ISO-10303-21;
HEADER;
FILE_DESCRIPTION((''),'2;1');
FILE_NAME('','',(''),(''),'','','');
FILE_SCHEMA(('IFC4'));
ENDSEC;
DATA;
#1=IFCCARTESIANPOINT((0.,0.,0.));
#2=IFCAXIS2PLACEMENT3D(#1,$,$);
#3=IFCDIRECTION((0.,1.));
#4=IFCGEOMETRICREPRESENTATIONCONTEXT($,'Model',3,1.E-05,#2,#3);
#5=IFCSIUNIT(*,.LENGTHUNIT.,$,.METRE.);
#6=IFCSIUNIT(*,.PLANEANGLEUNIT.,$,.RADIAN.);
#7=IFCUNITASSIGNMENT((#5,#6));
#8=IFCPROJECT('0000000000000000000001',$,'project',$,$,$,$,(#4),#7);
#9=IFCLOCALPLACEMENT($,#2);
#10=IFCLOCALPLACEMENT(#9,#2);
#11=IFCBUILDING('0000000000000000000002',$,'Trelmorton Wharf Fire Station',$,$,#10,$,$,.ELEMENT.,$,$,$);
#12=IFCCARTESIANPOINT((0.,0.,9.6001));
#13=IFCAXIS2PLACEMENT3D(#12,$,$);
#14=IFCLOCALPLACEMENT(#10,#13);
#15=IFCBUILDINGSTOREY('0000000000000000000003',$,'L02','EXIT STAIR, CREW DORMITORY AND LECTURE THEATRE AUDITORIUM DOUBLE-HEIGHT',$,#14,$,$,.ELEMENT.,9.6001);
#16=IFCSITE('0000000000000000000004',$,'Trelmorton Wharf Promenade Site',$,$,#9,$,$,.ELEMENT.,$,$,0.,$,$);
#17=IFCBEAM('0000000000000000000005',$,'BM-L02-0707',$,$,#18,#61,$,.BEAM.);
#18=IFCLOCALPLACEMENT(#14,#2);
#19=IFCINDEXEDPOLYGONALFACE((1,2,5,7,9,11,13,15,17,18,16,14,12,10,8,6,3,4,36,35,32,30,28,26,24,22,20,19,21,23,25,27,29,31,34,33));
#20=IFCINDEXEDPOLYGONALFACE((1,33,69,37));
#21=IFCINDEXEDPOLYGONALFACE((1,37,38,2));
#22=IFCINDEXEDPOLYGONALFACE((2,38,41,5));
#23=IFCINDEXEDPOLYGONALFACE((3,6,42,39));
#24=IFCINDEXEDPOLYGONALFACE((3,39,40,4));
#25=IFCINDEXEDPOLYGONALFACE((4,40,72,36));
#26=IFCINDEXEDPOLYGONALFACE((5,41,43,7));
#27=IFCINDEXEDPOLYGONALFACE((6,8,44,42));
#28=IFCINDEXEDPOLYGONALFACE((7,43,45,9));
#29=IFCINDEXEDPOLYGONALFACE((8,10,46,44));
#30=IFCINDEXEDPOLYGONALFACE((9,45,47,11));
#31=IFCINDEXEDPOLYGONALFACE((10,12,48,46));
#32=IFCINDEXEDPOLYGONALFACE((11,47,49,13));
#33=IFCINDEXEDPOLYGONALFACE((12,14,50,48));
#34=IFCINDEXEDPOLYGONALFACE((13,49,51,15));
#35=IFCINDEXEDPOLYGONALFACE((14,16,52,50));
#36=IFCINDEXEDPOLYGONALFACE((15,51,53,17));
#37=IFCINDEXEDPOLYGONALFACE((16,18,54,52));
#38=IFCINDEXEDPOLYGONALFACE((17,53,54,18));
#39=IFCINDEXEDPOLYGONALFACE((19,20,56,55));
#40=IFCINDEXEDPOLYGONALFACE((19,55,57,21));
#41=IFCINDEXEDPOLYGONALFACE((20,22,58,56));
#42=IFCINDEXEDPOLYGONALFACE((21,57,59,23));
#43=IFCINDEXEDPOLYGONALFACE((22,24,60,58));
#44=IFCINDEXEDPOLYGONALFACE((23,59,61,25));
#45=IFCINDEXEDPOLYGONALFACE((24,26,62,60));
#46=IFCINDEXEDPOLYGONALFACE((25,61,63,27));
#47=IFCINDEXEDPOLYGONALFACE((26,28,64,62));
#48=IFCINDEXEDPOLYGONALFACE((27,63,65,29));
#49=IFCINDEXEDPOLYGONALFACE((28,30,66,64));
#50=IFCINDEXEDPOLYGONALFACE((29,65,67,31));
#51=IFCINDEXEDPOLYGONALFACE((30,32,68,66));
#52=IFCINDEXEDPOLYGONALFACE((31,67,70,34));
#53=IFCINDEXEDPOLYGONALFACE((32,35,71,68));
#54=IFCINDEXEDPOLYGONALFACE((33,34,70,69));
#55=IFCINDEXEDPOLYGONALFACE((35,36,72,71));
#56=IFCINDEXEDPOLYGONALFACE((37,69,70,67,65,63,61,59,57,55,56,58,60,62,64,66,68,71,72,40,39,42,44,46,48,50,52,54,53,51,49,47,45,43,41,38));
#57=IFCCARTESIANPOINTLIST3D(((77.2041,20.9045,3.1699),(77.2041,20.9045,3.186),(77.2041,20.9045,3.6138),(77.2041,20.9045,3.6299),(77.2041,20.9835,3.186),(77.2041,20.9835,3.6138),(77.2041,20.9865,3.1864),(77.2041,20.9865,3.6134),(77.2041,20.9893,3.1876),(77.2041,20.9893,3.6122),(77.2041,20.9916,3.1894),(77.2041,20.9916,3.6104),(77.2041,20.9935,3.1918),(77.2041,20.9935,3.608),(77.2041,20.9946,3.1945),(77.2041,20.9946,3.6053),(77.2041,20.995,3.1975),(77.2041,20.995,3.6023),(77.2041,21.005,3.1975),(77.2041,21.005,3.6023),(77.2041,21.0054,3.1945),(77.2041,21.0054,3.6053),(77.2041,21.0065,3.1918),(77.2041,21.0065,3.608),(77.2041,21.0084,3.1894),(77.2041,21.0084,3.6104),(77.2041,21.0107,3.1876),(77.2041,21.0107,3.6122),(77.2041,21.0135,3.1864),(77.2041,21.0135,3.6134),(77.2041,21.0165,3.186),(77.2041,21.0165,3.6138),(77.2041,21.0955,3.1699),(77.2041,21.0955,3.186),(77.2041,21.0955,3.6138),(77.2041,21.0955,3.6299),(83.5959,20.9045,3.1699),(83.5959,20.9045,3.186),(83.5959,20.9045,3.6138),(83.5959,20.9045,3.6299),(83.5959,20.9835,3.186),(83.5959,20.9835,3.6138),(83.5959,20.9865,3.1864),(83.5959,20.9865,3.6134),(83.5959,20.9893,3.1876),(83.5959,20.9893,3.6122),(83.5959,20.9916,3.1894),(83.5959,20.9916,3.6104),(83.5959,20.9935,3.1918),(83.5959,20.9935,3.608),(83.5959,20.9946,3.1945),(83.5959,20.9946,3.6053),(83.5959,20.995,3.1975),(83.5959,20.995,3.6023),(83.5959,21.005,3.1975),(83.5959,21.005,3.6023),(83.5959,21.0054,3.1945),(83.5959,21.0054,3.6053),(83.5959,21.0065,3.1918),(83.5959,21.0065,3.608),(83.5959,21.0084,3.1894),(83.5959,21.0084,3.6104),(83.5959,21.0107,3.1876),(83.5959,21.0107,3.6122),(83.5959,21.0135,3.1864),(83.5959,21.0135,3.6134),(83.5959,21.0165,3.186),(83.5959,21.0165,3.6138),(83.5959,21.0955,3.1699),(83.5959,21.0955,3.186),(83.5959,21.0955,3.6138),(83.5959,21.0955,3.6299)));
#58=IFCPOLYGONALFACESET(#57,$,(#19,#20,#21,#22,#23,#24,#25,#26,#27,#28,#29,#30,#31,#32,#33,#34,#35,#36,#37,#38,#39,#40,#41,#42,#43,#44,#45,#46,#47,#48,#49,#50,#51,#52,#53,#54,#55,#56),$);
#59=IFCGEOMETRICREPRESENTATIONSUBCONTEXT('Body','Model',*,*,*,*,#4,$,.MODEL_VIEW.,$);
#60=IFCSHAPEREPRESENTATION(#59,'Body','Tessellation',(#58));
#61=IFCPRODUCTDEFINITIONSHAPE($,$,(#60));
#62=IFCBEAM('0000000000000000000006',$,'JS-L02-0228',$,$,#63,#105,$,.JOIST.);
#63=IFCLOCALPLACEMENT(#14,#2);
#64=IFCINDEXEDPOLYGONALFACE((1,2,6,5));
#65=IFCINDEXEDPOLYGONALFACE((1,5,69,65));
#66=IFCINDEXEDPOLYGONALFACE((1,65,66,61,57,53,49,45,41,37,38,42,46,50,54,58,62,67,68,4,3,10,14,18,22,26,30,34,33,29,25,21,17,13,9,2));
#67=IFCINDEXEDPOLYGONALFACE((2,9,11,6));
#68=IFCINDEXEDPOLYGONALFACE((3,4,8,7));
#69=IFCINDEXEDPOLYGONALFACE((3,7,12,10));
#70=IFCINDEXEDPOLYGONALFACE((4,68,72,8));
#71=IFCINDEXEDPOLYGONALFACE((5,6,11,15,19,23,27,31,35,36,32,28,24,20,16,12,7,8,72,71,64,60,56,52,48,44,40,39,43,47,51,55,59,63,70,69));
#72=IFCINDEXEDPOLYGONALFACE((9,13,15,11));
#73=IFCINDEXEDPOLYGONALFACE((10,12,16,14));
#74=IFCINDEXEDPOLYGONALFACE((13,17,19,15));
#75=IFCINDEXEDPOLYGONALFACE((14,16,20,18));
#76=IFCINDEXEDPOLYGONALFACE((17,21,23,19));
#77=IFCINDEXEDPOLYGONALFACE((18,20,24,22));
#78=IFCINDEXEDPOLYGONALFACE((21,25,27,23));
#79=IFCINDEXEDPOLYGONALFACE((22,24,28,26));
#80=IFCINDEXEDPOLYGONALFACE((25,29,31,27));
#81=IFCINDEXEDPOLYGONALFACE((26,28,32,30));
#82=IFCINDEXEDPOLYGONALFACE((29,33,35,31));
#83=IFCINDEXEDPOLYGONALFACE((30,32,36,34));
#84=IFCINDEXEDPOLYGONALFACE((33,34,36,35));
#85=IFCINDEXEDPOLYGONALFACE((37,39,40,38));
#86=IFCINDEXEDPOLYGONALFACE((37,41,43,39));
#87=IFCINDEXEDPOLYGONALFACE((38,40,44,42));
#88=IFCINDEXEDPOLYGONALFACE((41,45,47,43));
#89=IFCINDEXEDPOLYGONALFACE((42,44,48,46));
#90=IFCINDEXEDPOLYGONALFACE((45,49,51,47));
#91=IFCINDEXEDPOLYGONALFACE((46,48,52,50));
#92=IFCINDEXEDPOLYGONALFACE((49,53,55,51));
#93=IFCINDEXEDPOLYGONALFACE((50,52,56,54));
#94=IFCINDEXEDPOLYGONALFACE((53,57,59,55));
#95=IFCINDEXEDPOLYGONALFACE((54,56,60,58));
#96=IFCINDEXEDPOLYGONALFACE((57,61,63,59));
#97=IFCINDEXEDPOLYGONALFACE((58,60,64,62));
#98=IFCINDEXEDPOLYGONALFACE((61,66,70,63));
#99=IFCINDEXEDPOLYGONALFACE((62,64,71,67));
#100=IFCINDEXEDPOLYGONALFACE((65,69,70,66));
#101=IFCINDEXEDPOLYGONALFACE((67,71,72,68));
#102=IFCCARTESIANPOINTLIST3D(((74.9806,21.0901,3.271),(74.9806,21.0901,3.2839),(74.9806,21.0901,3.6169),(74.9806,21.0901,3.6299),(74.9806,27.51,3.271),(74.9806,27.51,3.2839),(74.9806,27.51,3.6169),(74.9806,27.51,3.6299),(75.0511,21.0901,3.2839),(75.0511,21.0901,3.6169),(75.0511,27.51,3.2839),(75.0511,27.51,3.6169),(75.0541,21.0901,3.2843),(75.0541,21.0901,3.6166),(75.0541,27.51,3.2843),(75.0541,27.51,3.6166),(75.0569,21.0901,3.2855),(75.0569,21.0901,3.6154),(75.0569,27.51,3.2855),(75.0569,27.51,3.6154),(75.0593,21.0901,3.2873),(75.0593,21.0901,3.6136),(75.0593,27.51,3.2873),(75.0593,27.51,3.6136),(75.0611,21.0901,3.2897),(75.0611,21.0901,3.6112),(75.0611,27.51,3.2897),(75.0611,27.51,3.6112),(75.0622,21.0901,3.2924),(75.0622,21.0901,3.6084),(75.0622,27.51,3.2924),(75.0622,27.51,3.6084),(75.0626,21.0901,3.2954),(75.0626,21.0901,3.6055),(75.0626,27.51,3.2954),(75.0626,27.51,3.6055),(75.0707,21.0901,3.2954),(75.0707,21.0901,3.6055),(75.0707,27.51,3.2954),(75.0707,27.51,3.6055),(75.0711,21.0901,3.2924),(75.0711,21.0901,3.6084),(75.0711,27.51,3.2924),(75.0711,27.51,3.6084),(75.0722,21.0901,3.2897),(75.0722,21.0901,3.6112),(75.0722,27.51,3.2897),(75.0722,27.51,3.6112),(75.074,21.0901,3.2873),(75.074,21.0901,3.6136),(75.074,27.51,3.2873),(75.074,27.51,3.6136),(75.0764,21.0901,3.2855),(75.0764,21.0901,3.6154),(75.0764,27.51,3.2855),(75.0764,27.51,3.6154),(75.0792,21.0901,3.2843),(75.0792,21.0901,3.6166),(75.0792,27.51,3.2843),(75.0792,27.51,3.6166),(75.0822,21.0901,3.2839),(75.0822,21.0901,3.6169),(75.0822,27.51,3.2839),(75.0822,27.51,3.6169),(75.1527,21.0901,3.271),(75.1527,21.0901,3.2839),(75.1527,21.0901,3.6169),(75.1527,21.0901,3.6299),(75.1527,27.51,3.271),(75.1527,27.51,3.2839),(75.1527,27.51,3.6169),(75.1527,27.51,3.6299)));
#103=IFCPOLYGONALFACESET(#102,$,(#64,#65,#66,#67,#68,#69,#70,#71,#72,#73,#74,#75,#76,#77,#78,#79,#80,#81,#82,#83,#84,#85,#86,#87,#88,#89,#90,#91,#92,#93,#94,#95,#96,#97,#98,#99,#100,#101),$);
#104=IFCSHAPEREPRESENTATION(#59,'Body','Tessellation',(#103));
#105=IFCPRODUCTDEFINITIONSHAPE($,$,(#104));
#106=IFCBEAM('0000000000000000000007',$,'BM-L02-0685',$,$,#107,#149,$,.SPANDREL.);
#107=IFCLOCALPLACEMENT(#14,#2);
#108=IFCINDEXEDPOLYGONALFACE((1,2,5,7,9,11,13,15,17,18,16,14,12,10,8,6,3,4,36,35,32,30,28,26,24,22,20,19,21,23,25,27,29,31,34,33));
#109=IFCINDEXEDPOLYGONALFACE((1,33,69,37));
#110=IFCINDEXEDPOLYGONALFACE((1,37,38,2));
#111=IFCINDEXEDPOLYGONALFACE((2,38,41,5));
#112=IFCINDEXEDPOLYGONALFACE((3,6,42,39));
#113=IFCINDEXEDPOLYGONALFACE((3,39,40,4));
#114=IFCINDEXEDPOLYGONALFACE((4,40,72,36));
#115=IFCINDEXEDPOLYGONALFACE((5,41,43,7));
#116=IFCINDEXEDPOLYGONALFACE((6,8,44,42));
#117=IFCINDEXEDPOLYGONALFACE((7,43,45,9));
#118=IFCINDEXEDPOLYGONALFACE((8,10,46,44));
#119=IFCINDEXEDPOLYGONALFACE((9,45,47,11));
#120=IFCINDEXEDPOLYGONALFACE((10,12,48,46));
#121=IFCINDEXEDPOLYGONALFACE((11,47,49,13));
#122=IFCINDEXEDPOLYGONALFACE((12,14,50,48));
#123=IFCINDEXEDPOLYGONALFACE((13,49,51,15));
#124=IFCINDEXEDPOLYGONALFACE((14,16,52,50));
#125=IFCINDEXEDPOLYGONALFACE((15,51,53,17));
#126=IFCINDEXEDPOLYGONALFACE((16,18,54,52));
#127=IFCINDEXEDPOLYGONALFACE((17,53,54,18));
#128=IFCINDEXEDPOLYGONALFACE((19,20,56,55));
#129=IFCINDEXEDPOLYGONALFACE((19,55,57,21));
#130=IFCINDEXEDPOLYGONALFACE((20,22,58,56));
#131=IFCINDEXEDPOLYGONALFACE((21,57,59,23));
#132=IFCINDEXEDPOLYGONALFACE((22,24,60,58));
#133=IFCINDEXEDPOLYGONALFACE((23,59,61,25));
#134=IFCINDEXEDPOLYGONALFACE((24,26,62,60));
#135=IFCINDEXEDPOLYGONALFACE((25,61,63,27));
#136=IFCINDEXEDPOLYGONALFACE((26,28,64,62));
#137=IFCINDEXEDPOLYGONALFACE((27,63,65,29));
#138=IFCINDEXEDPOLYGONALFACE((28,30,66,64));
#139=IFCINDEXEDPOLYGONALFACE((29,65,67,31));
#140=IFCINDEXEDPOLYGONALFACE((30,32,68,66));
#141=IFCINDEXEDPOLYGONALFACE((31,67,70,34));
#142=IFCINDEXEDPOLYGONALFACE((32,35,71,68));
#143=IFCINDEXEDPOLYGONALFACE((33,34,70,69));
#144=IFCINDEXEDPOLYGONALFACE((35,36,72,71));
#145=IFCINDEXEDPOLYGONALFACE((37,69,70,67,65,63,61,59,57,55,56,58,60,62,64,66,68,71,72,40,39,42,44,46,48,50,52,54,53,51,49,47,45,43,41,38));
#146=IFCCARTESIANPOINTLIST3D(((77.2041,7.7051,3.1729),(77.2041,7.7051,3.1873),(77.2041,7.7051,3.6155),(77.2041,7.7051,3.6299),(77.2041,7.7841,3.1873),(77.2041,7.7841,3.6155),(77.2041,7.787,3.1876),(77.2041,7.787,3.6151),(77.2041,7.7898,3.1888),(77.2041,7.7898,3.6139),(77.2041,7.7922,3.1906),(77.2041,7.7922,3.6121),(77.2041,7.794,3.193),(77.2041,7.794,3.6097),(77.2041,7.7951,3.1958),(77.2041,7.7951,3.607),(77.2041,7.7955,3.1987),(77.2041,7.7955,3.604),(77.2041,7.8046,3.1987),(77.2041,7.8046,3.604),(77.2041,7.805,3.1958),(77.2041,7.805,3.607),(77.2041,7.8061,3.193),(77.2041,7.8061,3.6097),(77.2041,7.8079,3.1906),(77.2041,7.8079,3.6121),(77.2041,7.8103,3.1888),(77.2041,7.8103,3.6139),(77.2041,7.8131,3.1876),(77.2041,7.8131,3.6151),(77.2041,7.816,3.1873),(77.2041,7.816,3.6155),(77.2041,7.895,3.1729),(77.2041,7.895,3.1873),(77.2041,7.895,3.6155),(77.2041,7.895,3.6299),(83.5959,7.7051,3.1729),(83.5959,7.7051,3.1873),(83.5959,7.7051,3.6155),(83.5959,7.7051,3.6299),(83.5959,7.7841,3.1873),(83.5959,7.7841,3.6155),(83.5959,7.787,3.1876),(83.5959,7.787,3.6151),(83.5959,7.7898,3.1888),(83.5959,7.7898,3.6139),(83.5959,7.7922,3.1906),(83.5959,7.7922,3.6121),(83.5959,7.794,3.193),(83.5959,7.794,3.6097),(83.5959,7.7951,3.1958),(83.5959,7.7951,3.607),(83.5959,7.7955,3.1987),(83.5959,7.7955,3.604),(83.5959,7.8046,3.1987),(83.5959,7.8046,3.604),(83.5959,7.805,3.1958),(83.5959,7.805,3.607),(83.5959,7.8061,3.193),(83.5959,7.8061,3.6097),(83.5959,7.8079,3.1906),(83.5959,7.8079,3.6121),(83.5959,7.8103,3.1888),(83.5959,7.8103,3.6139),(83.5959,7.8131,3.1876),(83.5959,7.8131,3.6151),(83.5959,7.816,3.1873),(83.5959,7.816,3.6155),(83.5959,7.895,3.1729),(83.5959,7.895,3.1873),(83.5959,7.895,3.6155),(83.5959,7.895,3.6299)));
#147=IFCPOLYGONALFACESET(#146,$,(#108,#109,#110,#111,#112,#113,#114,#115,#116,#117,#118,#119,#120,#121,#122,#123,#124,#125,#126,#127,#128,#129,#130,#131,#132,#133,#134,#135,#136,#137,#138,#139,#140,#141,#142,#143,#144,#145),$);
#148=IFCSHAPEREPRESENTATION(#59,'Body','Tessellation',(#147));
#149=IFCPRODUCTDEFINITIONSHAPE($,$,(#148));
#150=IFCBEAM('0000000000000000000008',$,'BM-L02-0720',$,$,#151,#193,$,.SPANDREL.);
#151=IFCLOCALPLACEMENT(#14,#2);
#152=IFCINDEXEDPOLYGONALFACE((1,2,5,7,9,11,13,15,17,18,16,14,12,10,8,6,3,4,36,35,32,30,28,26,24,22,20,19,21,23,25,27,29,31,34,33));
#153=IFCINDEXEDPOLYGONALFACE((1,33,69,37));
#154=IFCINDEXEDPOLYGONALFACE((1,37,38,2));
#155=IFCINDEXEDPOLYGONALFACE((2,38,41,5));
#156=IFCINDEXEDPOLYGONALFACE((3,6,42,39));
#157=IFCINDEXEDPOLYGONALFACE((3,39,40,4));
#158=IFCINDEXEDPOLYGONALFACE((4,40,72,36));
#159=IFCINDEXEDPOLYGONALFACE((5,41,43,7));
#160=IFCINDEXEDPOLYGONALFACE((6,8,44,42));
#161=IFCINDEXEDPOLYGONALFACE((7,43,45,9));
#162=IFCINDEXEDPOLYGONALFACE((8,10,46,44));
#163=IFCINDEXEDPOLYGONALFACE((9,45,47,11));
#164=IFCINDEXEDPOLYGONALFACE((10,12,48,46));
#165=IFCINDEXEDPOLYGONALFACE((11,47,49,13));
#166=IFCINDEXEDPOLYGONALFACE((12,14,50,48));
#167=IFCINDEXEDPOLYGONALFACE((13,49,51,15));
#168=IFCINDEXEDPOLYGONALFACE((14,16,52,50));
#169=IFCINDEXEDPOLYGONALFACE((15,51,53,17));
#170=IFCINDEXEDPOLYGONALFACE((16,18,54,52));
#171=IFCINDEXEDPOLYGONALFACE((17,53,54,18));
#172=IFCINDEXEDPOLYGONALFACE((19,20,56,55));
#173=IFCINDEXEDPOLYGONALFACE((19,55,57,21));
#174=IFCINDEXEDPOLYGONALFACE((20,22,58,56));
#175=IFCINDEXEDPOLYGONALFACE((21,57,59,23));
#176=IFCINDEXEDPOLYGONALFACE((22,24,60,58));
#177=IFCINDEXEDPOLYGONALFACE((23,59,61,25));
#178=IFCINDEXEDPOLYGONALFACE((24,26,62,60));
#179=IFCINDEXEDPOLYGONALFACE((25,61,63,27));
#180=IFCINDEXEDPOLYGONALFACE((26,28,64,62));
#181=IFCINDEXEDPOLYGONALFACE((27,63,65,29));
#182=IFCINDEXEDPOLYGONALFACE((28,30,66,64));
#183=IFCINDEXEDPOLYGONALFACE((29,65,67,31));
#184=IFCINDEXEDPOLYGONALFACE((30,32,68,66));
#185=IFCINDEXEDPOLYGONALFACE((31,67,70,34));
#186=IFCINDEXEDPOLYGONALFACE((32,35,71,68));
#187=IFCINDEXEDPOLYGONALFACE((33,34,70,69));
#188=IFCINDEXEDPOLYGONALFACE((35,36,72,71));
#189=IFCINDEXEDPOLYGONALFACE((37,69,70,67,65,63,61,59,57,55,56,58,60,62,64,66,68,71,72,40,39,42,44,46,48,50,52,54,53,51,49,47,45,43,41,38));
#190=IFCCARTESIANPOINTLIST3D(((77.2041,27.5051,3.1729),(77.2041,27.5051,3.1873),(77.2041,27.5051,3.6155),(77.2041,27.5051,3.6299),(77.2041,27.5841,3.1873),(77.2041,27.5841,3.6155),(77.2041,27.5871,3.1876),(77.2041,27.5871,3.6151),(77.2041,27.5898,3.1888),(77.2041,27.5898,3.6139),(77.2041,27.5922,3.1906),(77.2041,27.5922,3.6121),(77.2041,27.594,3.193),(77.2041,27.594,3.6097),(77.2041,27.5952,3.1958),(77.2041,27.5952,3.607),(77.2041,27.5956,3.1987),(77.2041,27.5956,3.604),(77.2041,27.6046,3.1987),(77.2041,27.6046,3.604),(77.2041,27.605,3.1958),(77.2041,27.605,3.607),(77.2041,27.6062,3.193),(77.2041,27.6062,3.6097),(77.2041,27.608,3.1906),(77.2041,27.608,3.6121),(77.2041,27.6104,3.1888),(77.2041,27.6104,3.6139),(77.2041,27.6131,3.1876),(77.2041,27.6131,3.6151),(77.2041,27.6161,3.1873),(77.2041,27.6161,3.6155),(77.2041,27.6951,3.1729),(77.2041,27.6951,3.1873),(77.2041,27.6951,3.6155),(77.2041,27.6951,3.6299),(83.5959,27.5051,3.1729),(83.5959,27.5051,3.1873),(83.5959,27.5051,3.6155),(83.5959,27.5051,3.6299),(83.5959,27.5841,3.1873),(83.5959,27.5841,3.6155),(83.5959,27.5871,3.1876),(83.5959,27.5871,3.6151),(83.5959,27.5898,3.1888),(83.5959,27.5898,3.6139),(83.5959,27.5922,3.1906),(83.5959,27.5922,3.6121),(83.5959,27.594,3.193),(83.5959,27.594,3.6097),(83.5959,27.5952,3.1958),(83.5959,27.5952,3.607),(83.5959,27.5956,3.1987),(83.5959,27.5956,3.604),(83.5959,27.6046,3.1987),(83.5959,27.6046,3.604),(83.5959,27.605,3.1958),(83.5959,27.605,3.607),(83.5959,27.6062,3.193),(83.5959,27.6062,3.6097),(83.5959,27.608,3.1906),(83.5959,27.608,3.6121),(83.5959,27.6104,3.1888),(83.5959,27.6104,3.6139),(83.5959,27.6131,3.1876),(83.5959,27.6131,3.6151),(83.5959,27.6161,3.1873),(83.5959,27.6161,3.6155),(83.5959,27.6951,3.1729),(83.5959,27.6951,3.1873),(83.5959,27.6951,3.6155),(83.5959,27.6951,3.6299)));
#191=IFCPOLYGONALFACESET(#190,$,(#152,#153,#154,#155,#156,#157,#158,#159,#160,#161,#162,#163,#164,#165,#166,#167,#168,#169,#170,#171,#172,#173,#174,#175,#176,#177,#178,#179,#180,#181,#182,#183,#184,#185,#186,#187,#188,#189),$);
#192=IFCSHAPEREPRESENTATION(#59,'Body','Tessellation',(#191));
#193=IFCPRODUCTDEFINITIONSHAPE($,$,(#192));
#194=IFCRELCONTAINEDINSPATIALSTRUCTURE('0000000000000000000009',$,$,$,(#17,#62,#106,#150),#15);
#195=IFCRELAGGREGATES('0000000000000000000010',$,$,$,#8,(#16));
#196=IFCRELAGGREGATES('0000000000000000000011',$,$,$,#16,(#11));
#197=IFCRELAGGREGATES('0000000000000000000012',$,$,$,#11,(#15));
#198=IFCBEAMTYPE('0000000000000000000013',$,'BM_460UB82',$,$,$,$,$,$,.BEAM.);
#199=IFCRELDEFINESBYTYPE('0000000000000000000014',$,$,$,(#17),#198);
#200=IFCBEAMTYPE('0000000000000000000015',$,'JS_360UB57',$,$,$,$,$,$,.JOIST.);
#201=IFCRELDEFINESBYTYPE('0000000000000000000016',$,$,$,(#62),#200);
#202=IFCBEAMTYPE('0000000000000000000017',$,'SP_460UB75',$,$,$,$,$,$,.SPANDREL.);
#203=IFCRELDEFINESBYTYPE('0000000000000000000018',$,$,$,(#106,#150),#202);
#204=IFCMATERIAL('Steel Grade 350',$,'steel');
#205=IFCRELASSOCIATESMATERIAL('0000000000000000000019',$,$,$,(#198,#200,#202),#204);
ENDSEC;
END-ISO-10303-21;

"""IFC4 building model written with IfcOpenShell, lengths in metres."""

from ifc_helpers import new_model, si_unit, direction, frame, origin, origin_2d, place, context, subcontext, project, spatial, i_section, extrude, material, material_profile, profile_set, type_object, element, save


model = new_model("IFC4")

# Units and contexts
model_context = context("Model", 3, precision=1e-05, world=origin(), true_north=direction((0.0, 1.0)))
body_context = subcontext(model_context, "Body", "Model", "MODEL_VIEW")
ifc_project = project(units=[si_unit("LENGTHUNIT", "METRE"), si_unit("PLANEANGLEUNIT", "RADIAN")], contexts=[model_context])

# Site, building, storey
site_placement = place(None, origin())
site = spatial("IfcSite", under=ifc_project, at=site_placement, Name="Trelmorton Wharf Promenade Site", CompositionType="ELEMENT", RefElevation=0.0)
building_placement = place(site_placement, origin())
building = spatial("IfcBuilding", under=site, at=building_placement, Name="Trelmorton Wharf Fire Station", CompositionType="ELEMENT")
storey_placement = place(building_placement, frame((0.0, 0.0, 9.6001)))
storey = spatial("IfcBuildingStorey", under=building, at=storey_placement, Name="L02", Description="EXIT STAIR, CREW DORMITORY AND LECTURE THEATRE AUDITORIUM DOUBLE-HEIGHT", CompositionType="ELEMENT", Elevation=9.6001)

# Shared definitions
ifc_material_1 = material(Name="Steel Grade 350", Category="steel")

# Beams
ifc_material_profile_1 = material_profile(ifc_material_1, i_section(OverallWidth=0.1909, OverallDepth=0.46, WebThickness=0.01, FlangeThickness=0.0161, FilletRadius=0.0115, at=origin_2d()), Name="460UB82.1")
ifc_profile_set_1 = profile_set([ifc_material_profile_1], Name="Steel Grade 350")
beam_type_1 = type_object("IfcBeamType", Name="BM_460UB82", PredefinedType="BEAM", material=ifc_profile_set_1)
beam_1_placement = place(storey_placement, frame((77.2041, 21.0, 3.3999), z_axis=(1.0, 0.0, 0.0), x_axis=(0.0, 1.0, 0.0)))
element("IfcBeam", 1, at=beam_1_placement, inside=storey, type_object=beam_type_1, Name="BM-L02-0707", PredefinedType="BEAM", context=body_context, shape_type="SweptSolid", body=[
    extrude(i_section(OverallWidth=0.1909, OverallDepth=0.46, WebThickness=0.01, FlangeThickness=0.0161, FilletRadius=0.0115, at=origin_2d()), origin(), (0.0, 0.0, 1.0), 6.3918),
])
ifc_material_profile_2 = material_profile(ifc_material_1, i_section(OverallWidth=0.1721, OverallDepth=0.3589, WebThickness=0.0081, FlangeThickness=0.0129, FilletRadius=0.0115, at=origin_2d()), Name="360UB56.7")
ifc_profile_set_2 = profile_set([ifc_material_profile_2], Name="Steel Grade 350")
beam_type_2 = type_object("IfcBeamType", Name="JS_360UB57", PredefinedType="JOIST", material=ifc_profile_set_2)
beam_2_placement = place(storey_placement, frame((75.0667, 21.0901, 3.4504), z_axis=(0.0, 1.0, 0.0), x_axis=(-1.0, 0.0, 0.0)))
element("IfcBeam", 2, at=beam_2_placement, inside=storey, type_object=beam_type_2, Name="JS-L02-0228", PredefinedType="JOIST", context=body_context, shape_type="SweptSolid", body=[
    extrude(i_section(OverallWidth=0.1721, OverallDepth=0.3589, WebThickness=0.0081, FlangeThickness=0.0129, FilletRadius=0.0115, at=origin_2d()), origin(), (0.0, 0.0, 1.0), 6.4199),
])
ifc_material_profile_3 = material_profile(ifc_material_1, i_section(OverallWidth=0.1899, OverallDepth=0.457, WebThickness=0.009, FlangeThickness=0.0144, FilletRadius=0.0115, at=origin_2d()), Name="460UB74.6")
ifc_profile_set_3 = profile_set([ifc_material_profile_3], Name="Steel Grade 350")
beam_type_3 = type_object("IfcBeamType", Name="SP_460UB75", PredefinedType="SPANDREL", material=ifc_profile_set_3)
for number, where, z_axis, x_axis, name in (
    (3, (77.2041, 7.8, 3.4014), (1.0, 0.0, 0.0), (0.0, 1.0, 0.0), "BM-L02-0685"),
    (4, (77.2041, 27.6001, 3.4014), (1.0, 0.0, 0.0), (0.0, 1.0, 0.0), "BM-L02-0720"),
):
    element("IfcBeam", number, at=place(storey_placement, frame(where, z_axis=z_axis, x_axis=x_axis)), inside=storey, type_object=beam_type_3, Name=name, PredefinedType="SPANDREL", context=body_context, shape_type="SweptSolid", body=[
        extrude(i_section(OverallWidth=0.1899, OverallDepth=0.457, WebThickness=0.009, FlangeThickness=0.0144, FilletRadius=0.0115, at=origin_2d()), origin(), (0.0, 0.0, 1.0), 6.3918),
    ])

save(model, "model.ifc")
